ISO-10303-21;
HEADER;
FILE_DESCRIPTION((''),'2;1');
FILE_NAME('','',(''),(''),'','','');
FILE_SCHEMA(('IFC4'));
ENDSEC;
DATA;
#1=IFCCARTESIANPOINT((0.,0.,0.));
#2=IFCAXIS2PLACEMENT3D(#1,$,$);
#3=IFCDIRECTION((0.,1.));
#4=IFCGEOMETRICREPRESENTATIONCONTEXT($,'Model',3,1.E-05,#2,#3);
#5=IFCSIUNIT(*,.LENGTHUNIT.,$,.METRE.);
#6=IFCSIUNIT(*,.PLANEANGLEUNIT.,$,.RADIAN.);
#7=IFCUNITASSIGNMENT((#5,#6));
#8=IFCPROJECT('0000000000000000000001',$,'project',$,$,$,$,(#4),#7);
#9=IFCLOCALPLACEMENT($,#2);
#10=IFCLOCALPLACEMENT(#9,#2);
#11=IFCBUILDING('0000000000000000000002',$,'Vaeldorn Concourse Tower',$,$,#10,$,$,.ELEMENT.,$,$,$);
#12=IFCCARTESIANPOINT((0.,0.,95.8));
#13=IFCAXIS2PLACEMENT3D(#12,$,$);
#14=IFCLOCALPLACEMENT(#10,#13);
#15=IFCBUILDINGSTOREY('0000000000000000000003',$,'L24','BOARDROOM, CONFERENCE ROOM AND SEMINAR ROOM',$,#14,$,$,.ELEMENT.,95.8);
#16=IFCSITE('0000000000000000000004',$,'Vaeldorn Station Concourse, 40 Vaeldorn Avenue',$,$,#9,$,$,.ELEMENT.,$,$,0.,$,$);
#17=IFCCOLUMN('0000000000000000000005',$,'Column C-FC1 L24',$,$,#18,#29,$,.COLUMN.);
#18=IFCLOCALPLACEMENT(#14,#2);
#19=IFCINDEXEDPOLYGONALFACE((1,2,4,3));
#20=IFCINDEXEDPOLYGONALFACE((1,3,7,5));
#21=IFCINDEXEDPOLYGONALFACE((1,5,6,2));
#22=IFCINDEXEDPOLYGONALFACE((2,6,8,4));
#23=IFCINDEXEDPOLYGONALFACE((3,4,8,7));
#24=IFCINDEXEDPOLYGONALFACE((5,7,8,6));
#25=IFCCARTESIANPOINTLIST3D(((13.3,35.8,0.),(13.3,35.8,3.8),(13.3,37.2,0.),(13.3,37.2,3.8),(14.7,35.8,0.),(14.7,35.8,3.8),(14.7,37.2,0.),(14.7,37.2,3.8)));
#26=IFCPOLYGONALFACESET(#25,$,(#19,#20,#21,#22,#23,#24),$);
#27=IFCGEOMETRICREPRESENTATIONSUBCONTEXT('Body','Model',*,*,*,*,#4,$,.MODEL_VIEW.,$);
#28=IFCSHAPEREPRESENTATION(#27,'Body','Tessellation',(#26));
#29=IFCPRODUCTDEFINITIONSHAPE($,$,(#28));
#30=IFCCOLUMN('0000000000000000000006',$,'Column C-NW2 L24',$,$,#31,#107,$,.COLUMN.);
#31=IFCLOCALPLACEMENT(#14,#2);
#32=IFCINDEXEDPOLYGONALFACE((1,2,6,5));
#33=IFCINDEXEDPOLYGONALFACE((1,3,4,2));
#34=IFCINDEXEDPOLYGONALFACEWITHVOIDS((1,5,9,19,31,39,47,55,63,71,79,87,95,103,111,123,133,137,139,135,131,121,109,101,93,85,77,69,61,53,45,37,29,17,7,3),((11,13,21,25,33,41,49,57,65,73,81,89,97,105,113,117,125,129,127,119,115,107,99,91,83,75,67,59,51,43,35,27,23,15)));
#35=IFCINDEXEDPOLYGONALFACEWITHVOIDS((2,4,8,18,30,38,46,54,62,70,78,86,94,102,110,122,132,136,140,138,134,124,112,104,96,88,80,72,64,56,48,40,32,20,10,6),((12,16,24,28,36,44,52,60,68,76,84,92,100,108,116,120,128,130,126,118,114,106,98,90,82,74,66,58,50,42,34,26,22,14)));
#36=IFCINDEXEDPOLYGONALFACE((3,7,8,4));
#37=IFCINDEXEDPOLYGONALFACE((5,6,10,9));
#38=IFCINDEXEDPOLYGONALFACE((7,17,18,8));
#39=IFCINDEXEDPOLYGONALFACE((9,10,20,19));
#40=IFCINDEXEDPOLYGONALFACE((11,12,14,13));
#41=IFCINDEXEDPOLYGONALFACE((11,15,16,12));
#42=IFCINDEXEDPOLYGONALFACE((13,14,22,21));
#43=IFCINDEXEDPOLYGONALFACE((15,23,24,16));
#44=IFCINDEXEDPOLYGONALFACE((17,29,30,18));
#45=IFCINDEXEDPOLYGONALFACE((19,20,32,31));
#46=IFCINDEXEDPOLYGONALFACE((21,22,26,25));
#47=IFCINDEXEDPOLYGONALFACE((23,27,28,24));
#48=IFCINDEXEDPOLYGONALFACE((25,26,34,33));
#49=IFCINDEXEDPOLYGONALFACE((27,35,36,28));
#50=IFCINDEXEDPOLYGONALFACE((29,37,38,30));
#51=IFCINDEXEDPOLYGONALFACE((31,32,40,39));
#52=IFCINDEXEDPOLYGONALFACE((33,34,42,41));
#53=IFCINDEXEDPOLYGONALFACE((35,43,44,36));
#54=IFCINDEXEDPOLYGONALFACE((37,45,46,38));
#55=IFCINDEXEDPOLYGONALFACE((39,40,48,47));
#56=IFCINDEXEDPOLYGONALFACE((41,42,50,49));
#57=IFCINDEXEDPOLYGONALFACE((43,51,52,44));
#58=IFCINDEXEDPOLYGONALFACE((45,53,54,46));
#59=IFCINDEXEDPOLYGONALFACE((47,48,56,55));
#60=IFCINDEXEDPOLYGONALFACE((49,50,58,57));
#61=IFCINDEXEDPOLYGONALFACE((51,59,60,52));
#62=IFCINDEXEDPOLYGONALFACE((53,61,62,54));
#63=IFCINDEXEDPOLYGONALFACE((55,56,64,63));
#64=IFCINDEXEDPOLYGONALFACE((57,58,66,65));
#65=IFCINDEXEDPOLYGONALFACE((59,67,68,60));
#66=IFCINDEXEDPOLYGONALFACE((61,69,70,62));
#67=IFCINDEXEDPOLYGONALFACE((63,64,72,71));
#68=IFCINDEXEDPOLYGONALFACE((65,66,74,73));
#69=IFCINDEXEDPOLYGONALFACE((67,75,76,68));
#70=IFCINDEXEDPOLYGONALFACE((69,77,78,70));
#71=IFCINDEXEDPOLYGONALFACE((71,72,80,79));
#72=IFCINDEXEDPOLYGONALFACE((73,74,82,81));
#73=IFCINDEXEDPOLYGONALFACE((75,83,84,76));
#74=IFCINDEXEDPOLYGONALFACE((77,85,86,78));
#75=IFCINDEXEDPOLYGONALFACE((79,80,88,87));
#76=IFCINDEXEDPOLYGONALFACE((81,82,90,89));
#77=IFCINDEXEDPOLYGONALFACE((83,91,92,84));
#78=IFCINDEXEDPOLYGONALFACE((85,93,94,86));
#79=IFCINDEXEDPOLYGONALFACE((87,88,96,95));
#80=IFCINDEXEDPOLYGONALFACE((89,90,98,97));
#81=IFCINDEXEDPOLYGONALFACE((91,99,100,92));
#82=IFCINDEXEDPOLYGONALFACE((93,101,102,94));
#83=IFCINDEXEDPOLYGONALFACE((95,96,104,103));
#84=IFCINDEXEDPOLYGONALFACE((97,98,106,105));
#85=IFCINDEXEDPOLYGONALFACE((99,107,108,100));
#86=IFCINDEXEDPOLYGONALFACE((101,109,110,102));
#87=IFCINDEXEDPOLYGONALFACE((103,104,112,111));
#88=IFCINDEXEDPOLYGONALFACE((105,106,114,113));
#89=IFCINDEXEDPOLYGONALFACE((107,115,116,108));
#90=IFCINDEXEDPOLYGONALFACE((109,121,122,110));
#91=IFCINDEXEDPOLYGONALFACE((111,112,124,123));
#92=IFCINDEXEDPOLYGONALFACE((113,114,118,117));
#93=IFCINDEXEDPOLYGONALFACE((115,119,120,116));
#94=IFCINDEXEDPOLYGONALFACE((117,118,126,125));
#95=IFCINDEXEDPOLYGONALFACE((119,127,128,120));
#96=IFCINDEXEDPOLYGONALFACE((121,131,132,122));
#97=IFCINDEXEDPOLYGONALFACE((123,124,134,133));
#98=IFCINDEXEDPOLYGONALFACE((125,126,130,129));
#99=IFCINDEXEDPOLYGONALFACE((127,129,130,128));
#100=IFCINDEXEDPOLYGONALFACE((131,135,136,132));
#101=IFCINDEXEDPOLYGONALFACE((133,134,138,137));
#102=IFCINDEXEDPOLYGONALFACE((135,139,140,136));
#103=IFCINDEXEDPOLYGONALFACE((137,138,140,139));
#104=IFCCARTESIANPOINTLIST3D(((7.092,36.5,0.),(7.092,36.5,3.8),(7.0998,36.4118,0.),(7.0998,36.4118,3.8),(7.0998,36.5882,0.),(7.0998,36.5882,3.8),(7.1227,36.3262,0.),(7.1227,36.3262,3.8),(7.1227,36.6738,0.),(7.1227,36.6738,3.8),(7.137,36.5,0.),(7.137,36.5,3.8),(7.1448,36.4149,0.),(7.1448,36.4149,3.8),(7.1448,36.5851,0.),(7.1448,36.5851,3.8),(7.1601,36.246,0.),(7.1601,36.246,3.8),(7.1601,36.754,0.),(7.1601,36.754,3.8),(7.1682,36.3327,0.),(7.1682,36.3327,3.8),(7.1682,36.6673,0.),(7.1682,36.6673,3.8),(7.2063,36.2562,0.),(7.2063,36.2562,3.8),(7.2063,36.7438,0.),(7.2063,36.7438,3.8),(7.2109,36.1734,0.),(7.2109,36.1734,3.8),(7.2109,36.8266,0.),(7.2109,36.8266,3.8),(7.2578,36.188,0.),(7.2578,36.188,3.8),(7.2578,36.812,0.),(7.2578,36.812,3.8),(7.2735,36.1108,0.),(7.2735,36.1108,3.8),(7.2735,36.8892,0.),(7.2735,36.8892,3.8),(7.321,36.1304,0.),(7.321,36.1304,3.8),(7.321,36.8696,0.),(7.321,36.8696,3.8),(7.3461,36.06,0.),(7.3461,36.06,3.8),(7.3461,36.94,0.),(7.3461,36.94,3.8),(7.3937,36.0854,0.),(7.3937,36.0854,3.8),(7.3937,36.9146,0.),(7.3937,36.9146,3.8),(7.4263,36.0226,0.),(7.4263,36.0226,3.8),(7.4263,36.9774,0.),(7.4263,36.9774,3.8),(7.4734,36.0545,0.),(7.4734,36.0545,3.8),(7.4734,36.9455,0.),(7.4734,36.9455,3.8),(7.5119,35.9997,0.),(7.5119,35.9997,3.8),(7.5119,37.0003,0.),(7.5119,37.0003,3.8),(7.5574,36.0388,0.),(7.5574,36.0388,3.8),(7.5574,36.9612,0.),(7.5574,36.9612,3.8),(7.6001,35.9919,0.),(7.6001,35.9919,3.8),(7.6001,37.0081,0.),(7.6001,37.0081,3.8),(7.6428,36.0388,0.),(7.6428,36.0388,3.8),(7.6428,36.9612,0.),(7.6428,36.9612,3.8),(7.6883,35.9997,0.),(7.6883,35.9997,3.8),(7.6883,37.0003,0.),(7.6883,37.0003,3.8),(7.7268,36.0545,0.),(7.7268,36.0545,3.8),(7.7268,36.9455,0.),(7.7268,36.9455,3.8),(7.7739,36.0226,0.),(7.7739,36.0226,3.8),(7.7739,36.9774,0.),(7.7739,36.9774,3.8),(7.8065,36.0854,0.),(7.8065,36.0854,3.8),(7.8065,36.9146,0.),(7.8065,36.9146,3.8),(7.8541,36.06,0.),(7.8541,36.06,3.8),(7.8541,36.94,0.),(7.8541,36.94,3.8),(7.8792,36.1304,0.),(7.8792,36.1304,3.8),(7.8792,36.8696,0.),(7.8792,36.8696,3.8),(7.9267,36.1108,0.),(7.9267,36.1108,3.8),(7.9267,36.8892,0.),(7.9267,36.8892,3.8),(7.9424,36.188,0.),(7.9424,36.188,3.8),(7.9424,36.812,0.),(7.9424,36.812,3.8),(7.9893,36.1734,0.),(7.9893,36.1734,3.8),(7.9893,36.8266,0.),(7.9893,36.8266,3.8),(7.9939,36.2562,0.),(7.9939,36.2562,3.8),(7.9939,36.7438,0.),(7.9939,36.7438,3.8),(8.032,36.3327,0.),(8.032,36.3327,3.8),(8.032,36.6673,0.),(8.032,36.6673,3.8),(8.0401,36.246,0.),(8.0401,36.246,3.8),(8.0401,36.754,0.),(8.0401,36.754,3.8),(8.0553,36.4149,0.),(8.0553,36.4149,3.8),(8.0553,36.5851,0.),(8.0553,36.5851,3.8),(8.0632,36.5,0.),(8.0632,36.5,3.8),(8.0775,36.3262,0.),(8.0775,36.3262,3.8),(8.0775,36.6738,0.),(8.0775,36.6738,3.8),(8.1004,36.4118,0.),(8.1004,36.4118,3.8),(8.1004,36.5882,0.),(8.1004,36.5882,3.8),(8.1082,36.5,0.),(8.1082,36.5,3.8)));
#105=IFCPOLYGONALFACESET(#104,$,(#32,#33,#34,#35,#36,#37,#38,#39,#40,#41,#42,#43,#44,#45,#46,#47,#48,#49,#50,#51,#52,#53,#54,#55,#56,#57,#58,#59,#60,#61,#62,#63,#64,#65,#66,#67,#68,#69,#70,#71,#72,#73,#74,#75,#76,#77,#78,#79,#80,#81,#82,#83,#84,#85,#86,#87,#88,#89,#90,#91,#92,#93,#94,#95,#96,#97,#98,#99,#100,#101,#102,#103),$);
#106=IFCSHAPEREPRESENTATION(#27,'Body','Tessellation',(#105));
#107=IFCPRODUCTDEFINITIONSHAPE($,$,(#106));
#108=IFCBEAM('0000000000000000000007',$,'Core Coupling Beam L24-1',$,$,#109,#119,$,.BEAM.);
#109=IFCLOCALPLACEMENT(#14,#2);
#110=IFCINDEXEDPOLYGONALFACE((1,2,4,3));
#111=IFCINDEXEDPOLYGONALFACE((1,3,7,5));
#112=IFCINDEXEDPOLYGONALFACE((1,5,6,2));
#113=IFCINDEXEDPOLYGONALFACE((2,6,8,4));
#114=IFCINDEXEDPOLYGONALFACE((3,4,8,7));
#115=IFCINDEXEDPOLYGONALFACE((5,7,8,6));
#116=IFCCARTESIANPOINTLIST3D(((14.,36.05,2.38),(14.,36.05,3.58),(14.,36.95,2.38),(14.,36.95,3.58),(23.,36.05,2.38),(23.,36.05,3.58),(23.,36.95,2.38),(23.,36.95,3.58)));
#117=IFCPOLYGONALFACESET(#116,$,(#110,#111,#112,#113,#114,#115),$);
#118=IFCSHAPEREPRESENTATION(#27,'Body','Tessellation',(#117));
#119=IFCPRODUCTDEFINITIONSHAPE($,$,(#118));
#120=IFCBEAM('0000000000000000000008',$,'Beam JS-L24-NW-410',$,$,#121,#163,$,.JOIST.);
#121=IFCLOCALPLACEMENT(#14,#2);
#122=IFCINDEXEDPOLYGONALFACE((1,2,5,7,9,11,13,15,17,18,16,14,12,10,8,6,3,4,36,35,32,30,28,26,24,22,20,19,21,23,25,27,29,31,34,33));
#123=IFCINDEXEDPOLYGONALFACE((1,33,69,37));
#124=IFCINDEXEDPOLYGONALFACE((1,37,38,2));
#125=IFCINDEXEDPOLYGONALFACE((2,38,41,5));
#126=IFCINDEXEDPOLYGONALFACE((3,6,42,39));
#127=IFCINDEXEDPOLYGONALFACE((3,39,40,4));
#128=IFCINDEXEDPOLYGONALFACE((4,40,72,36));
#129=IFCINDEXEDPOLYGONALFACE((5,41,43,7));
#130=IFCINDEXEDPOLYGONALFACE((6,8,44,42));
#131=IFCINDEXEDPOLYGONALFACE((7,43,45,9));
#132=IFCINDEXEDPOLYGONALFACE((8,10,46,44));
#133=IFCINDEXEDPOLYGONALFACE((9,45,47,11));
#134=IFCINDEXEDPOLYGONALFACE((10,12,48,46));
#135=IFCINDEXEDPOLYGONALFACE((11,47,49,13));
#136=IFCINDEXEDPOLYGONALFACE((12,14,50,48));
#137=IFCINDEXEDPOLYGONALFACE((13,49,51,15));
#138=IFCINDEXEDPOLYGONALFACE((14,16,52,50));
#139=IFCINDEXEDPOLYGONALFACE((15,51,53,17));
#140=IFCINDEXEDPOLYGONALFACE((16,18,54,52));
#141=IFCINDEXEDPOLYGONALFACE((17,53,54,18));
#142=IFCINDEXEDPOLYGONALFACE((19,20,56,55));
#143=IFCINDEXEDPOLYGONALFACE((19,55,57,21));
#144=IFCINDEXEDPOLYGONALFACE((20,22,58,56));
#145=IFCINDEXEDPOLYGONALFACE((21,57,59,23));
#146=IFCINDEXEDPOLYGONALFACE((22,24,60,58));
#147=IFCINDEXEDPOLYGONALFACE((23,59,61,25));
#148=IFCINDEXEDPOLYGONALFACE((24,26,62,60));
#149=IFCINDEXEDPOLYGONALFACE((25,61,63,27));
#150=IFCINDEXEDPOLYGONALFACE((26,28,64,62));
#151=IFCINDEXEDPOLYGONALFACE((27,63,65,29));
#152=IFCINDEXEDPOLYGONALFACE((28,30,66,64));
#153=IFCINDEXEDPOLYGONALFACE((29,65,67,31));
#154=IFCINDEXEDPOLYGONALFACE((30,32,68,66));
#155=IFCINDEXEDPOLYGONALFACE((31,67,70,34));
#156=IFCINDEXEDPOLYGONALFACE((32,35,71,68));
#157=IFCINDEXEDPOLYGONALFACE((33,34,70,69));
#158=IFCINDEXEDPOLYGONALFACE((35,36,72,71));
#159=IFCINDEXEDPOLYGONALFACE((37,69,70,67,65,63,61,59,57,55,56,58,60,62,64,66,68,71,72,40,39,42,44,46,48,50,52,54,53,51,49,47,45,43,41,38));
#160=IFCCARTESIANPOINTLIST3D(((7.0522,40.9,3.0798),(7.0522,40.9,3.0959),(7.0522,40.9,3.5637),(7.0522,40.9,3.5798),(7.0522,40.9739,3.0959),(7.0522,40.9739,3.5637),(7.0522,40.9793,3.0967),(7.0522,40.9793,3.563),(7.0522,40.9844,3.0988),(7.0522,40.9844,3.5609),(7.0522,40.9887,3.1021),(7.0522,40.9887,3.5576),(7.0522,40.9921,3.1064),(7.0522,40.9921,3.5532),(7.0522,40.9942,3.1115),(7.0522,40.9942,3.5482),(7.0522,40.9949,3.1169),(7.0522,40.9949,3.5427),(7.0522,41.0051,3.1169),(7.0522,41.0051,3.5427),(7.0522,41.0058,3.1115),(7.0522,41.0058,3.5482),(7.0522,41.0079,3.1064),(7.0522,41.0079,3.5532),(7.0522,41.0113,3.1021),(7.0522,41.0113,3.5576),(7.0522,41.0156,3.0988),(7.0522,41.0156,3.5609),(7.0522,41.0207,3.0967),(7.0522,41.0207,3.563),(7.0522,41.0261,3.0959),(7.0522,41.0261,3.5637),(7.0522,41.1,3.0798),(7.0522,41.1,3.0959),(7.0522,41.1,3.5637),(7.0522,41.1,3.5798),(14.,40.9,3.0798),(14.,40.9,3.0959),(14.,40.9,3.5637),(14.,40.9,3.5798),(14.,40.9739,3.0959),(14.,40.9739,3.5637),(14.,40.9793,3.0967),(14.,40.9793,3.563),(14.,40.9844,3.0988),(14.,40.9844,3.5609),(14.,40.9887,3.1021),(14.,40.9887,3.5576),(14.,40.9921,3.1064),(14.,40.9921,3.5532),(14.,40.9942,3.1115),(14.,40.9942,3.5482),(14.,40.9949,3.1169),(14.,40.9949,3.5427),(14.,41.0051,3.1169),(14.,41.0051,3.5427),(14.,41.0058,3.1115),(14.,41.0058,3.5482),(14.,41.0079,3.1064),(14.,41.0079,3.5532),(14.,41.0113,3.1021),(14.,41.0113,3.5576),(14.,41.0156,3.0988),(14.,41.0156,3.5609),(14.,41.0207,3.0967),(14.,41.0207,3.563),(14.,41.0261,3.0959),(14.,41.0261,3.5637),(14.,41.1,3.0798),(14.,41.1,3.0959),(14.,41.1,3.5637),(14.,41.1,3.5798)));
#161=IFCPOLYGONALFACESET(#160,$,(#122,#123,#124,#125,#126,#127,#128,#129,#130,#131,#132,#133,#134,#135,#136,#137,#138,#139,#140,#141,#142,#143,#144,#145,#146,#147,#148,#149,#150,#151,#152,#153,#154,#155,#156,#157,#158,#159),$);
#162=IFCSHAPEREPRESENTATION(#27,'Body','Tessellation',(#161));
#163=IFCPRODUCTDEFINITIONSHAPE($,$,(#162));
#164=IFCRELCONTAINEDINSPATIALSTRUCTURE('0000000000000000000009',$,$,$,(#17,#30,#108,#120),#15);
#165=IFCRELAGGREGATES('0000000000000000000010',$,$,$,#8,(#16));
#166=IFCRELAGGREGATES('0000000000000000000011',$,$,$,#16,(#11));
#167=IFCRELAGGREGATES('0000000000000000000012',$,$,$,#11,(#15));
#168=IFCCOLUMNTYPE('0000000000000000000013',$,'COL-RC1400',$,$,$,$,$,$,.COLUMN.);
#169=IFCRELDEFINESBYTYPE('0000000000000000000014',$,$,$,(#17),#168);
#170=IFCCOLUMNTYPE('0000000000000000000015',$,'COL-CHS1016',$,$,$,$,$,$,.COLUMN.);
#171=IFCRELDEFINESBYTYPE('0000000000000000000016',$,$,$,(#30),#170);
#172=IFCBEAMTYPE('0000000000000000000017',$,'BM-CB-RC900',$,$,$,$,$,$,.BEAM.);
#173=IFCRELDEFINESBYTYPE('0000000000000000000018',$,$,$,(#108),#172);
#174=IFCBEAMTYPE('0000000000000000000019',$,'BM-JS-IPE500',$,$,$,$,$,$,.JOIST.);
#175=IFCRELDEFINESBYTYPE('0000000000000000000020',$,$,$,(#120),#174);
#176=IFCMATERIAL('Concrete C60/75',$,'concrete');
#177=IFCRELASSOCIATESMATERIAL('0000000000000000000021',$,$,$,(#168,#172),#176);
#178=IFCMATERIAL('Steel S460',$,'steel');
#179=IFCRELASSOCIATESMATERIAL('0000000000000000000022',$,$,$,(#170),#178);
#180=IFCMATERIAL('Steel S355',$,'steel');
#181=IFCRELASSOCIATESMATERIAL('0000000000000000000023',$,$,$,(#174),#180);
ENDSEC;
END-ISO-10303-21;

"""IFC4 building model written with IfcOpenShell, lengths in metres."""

from ifc_helpers import new_model, si_unit, direction, frame, origin, origin_2d, place, context, subcontext, project, spatial, rectangle, hollow_circle, i_section, extrude, source, transform, mapped, material, material_profile, profile_set, type_object, element, save


model = new_model("IFC4")

# Units and contexts
model_context = context("Model", 3, precision=1e-05, world=origin(), true_north=direction((0.0, 1.0)))
body_context = subcontext(model_context, "Body", "Model", "MODEL_VIEW")
ifc_project = project(units=[si_unit("LENGTHUNIT", "METRE"), si_unit("PLANEANGLEUNIT", "RADIAN")], contexts=[model_context])

# Site, building, storey
site_placement = place(None, origin())
site = spatial("IfcSite", under=ifc_project, at=site_placement, Name="Vaeldorn Station Concourse, 40 Vaeldorn Avenue", CompositionType="ELEMENT", RefElevation=0.0)
building_placement = place(site_placement, origin())
building = spatial("IfcBuilding", under=site, at=building_placement, Name="Vaeldorn Concourse Tower", CompositionType="ELEMENT")
storey_placement = place(building_placement, frame((0.0, 0.0, 95.8)))
storey = spatial("IfcBuildingStorey", under=building, at=storey_placement, Name="L24", Description="BOARDROOM, CONFERENCE ROOM AND SEMINAR ROOM", CompositionType="ELEMENT", Elevation=95.8)

# Columns
ifc_material_1 = material(Name="Concrete C60/75", Category="concrete")
ifc_material_profile_1 = material_profile(ifc_material_1, rectangle(XDim=1.3999, YDim=1.3999, at=origin_2d()), Name="RC 1400x1400")
ifc_profile_set_1 = profile_set([ifc_material_profile_1], Name="Concrete C60/75")
column_type_1 = type_object("IfcColumnType", Name="COL-RC1400", PredefinedType="COLUMN", material=ifc_profile_set_1)
shared_shape_1 = source(origin(), body_context, "Body", "SweptSolid", [
    extrude(rectangle(XDim=1.3999, YDim=1.3999, at=origin_2d()), origin(), (0.0, 0.0, 1.0), 3.8),
])
column_1_placement = place(storey_placement, frame((14.0, 36.5, 0.0), z_axis=(0.0, 0.0, 1.0), x_axis=(1.0, 0.0, 0.0)))
element("IfcColumn", 1, at=column_1_placement, inside=storey, type_object=column_type_1, Name="Column C-FC1 L24", PredefinedType="COLUMN", context=body_context, shape_type="MappedRepresentation", body=[
    mapped(shared_shape_1, transform((0.0, 0.0, 0.0), scale=1.0)),
])
ifc_material_2 = material(Name="Steel S460", Category="steel")
ifc_material_profile_2 = material_profile(ifc_material_2, hollow_circle(Radius=0.5081, WallThickness=0.0449, at=origin_2d()), Name="CHS 1016x45")
ifc_profile_set_2 = profile_set([ifc_material_profile_2], Name="Steel S460")
column_type_2 = type_object("IfcColumnType", Name="COL-CHS1016", PredefinedType="COLUMN", material=ifc_profile_set_2)
shared_shape_2 = source(origin(), body_context, "Body", "SweptSolid", [
    extrude(hollow_circle(Radius=0.5081, WallThickness=0.0449, at=origin_2d()), origin(), (0.0, 0.0, 1.0), 3.8),
])
column_2_placement = place(storey_placement, frame((7.6001, 36.5, 0.0), z_axis=(0.0, 0.0, 1.0), x_axis=(1.0, 0.0, 0.0)))
element("IfcColumn", 2, at=column_2_placement, inside=storey, type_object=column_type_2, Name="Column C-NW2 L24", PredefinedType="COLUMN", context=body_context, shape_type="MappedRepresentation", body=[
    mapped(shared_shape_2, transform((0.0, 0.0, 0.0), scale=1.0)),
])

# Beams
ifc_material_profile_3 = material_profile(ifc_material_1, rectangle(XDim=0.8999, YDim=1.2, at=origin_2d()), Name="RC 900x1200")
ifc_profile_set_3 = profile_set([ifc_material_profile_3], Name="Concrete C60/75")
beam_type_1 = type_object("IfcBeamType", Name="BM-CB-RC900", PredefinedType="BEAM", material=ifc_profile_set_3)
shared_shape_3 = source(origin(), body_context, "Body", "SweptSolid", [
    extrude(rectangle(XDim=0.8999, YDim=1.2, at=origin_2d()), origin(), (0.0, 0.0, 1.0), 9.0),
])
beam_1_placement = place(storey_placement, frame((14.0, 36.5, 2.98), z_axis=(1.0, 0.0, 0.0), x_axis=(0.0, 1.0, 0.0)))
element("IfcBeam", 3, at=beam_1_placement, inside=storey, type_object=beam_type_1, Name="Core Coupling Beam L24-1", PredefinedType="BEAM", context=body_context, shape_type="MappedRepresentation", body=[
    mapped(shared_shape_3, transform((0.0, 0.0, 0.0), scale=1.0)),
])
ifc_material_3 = material(Name="Steel S355", Category="steel")
ifc_material_profile_4 = material_profile(ifc_material_3, i_section(OverallWidth=0.2, OverallDepth=0.5, WebThickness=0.0103, FlangeThickness=0.0161, FilletRadius=0.021, at=origin_2d()), Name="IPE 500")
ifc_profile_set_4 = profile_set([ifc_material_profile_4], Name="Steel S355")
beam_type_2 = type_object("IfcBeamType", Name="BM-JS-IPE500", PredefinedType="JOIST", material=ifc_profile_set_4)
shared_shape_4 = source(origin(), body_context, "Body", "SweptSolid", [
    extrude(i_section(OverallWidth=0.2, OverallDepth=0.5, WebThickness=0.0103, FlangeThickness=0.0161, FilletRadius=0.021, at=origin_2d()), origin(), (0.0, 0.0, 1.0), 6.9478),
])
beam_2_placement = place(storey_placement, frame((7.0522, 41.0, 3.3298), z_axis=(1.0, 0.0, 0.0), x_axis=(0.0, 1.0, 0.0)))
element("IfcBeam", 4, at=beam_2_placement, inside=storey, type_object=beam_type_2, Name="Beam JS-L24-NW-410", PredefinedType="JOIST", context=body_context, shape_type="MappedRepresentation", body=[
    mapped(shared_shape_4, transform((0.0, 0.0, 0.0), scale=1.0)),
])

save(model, "model.ifc")
